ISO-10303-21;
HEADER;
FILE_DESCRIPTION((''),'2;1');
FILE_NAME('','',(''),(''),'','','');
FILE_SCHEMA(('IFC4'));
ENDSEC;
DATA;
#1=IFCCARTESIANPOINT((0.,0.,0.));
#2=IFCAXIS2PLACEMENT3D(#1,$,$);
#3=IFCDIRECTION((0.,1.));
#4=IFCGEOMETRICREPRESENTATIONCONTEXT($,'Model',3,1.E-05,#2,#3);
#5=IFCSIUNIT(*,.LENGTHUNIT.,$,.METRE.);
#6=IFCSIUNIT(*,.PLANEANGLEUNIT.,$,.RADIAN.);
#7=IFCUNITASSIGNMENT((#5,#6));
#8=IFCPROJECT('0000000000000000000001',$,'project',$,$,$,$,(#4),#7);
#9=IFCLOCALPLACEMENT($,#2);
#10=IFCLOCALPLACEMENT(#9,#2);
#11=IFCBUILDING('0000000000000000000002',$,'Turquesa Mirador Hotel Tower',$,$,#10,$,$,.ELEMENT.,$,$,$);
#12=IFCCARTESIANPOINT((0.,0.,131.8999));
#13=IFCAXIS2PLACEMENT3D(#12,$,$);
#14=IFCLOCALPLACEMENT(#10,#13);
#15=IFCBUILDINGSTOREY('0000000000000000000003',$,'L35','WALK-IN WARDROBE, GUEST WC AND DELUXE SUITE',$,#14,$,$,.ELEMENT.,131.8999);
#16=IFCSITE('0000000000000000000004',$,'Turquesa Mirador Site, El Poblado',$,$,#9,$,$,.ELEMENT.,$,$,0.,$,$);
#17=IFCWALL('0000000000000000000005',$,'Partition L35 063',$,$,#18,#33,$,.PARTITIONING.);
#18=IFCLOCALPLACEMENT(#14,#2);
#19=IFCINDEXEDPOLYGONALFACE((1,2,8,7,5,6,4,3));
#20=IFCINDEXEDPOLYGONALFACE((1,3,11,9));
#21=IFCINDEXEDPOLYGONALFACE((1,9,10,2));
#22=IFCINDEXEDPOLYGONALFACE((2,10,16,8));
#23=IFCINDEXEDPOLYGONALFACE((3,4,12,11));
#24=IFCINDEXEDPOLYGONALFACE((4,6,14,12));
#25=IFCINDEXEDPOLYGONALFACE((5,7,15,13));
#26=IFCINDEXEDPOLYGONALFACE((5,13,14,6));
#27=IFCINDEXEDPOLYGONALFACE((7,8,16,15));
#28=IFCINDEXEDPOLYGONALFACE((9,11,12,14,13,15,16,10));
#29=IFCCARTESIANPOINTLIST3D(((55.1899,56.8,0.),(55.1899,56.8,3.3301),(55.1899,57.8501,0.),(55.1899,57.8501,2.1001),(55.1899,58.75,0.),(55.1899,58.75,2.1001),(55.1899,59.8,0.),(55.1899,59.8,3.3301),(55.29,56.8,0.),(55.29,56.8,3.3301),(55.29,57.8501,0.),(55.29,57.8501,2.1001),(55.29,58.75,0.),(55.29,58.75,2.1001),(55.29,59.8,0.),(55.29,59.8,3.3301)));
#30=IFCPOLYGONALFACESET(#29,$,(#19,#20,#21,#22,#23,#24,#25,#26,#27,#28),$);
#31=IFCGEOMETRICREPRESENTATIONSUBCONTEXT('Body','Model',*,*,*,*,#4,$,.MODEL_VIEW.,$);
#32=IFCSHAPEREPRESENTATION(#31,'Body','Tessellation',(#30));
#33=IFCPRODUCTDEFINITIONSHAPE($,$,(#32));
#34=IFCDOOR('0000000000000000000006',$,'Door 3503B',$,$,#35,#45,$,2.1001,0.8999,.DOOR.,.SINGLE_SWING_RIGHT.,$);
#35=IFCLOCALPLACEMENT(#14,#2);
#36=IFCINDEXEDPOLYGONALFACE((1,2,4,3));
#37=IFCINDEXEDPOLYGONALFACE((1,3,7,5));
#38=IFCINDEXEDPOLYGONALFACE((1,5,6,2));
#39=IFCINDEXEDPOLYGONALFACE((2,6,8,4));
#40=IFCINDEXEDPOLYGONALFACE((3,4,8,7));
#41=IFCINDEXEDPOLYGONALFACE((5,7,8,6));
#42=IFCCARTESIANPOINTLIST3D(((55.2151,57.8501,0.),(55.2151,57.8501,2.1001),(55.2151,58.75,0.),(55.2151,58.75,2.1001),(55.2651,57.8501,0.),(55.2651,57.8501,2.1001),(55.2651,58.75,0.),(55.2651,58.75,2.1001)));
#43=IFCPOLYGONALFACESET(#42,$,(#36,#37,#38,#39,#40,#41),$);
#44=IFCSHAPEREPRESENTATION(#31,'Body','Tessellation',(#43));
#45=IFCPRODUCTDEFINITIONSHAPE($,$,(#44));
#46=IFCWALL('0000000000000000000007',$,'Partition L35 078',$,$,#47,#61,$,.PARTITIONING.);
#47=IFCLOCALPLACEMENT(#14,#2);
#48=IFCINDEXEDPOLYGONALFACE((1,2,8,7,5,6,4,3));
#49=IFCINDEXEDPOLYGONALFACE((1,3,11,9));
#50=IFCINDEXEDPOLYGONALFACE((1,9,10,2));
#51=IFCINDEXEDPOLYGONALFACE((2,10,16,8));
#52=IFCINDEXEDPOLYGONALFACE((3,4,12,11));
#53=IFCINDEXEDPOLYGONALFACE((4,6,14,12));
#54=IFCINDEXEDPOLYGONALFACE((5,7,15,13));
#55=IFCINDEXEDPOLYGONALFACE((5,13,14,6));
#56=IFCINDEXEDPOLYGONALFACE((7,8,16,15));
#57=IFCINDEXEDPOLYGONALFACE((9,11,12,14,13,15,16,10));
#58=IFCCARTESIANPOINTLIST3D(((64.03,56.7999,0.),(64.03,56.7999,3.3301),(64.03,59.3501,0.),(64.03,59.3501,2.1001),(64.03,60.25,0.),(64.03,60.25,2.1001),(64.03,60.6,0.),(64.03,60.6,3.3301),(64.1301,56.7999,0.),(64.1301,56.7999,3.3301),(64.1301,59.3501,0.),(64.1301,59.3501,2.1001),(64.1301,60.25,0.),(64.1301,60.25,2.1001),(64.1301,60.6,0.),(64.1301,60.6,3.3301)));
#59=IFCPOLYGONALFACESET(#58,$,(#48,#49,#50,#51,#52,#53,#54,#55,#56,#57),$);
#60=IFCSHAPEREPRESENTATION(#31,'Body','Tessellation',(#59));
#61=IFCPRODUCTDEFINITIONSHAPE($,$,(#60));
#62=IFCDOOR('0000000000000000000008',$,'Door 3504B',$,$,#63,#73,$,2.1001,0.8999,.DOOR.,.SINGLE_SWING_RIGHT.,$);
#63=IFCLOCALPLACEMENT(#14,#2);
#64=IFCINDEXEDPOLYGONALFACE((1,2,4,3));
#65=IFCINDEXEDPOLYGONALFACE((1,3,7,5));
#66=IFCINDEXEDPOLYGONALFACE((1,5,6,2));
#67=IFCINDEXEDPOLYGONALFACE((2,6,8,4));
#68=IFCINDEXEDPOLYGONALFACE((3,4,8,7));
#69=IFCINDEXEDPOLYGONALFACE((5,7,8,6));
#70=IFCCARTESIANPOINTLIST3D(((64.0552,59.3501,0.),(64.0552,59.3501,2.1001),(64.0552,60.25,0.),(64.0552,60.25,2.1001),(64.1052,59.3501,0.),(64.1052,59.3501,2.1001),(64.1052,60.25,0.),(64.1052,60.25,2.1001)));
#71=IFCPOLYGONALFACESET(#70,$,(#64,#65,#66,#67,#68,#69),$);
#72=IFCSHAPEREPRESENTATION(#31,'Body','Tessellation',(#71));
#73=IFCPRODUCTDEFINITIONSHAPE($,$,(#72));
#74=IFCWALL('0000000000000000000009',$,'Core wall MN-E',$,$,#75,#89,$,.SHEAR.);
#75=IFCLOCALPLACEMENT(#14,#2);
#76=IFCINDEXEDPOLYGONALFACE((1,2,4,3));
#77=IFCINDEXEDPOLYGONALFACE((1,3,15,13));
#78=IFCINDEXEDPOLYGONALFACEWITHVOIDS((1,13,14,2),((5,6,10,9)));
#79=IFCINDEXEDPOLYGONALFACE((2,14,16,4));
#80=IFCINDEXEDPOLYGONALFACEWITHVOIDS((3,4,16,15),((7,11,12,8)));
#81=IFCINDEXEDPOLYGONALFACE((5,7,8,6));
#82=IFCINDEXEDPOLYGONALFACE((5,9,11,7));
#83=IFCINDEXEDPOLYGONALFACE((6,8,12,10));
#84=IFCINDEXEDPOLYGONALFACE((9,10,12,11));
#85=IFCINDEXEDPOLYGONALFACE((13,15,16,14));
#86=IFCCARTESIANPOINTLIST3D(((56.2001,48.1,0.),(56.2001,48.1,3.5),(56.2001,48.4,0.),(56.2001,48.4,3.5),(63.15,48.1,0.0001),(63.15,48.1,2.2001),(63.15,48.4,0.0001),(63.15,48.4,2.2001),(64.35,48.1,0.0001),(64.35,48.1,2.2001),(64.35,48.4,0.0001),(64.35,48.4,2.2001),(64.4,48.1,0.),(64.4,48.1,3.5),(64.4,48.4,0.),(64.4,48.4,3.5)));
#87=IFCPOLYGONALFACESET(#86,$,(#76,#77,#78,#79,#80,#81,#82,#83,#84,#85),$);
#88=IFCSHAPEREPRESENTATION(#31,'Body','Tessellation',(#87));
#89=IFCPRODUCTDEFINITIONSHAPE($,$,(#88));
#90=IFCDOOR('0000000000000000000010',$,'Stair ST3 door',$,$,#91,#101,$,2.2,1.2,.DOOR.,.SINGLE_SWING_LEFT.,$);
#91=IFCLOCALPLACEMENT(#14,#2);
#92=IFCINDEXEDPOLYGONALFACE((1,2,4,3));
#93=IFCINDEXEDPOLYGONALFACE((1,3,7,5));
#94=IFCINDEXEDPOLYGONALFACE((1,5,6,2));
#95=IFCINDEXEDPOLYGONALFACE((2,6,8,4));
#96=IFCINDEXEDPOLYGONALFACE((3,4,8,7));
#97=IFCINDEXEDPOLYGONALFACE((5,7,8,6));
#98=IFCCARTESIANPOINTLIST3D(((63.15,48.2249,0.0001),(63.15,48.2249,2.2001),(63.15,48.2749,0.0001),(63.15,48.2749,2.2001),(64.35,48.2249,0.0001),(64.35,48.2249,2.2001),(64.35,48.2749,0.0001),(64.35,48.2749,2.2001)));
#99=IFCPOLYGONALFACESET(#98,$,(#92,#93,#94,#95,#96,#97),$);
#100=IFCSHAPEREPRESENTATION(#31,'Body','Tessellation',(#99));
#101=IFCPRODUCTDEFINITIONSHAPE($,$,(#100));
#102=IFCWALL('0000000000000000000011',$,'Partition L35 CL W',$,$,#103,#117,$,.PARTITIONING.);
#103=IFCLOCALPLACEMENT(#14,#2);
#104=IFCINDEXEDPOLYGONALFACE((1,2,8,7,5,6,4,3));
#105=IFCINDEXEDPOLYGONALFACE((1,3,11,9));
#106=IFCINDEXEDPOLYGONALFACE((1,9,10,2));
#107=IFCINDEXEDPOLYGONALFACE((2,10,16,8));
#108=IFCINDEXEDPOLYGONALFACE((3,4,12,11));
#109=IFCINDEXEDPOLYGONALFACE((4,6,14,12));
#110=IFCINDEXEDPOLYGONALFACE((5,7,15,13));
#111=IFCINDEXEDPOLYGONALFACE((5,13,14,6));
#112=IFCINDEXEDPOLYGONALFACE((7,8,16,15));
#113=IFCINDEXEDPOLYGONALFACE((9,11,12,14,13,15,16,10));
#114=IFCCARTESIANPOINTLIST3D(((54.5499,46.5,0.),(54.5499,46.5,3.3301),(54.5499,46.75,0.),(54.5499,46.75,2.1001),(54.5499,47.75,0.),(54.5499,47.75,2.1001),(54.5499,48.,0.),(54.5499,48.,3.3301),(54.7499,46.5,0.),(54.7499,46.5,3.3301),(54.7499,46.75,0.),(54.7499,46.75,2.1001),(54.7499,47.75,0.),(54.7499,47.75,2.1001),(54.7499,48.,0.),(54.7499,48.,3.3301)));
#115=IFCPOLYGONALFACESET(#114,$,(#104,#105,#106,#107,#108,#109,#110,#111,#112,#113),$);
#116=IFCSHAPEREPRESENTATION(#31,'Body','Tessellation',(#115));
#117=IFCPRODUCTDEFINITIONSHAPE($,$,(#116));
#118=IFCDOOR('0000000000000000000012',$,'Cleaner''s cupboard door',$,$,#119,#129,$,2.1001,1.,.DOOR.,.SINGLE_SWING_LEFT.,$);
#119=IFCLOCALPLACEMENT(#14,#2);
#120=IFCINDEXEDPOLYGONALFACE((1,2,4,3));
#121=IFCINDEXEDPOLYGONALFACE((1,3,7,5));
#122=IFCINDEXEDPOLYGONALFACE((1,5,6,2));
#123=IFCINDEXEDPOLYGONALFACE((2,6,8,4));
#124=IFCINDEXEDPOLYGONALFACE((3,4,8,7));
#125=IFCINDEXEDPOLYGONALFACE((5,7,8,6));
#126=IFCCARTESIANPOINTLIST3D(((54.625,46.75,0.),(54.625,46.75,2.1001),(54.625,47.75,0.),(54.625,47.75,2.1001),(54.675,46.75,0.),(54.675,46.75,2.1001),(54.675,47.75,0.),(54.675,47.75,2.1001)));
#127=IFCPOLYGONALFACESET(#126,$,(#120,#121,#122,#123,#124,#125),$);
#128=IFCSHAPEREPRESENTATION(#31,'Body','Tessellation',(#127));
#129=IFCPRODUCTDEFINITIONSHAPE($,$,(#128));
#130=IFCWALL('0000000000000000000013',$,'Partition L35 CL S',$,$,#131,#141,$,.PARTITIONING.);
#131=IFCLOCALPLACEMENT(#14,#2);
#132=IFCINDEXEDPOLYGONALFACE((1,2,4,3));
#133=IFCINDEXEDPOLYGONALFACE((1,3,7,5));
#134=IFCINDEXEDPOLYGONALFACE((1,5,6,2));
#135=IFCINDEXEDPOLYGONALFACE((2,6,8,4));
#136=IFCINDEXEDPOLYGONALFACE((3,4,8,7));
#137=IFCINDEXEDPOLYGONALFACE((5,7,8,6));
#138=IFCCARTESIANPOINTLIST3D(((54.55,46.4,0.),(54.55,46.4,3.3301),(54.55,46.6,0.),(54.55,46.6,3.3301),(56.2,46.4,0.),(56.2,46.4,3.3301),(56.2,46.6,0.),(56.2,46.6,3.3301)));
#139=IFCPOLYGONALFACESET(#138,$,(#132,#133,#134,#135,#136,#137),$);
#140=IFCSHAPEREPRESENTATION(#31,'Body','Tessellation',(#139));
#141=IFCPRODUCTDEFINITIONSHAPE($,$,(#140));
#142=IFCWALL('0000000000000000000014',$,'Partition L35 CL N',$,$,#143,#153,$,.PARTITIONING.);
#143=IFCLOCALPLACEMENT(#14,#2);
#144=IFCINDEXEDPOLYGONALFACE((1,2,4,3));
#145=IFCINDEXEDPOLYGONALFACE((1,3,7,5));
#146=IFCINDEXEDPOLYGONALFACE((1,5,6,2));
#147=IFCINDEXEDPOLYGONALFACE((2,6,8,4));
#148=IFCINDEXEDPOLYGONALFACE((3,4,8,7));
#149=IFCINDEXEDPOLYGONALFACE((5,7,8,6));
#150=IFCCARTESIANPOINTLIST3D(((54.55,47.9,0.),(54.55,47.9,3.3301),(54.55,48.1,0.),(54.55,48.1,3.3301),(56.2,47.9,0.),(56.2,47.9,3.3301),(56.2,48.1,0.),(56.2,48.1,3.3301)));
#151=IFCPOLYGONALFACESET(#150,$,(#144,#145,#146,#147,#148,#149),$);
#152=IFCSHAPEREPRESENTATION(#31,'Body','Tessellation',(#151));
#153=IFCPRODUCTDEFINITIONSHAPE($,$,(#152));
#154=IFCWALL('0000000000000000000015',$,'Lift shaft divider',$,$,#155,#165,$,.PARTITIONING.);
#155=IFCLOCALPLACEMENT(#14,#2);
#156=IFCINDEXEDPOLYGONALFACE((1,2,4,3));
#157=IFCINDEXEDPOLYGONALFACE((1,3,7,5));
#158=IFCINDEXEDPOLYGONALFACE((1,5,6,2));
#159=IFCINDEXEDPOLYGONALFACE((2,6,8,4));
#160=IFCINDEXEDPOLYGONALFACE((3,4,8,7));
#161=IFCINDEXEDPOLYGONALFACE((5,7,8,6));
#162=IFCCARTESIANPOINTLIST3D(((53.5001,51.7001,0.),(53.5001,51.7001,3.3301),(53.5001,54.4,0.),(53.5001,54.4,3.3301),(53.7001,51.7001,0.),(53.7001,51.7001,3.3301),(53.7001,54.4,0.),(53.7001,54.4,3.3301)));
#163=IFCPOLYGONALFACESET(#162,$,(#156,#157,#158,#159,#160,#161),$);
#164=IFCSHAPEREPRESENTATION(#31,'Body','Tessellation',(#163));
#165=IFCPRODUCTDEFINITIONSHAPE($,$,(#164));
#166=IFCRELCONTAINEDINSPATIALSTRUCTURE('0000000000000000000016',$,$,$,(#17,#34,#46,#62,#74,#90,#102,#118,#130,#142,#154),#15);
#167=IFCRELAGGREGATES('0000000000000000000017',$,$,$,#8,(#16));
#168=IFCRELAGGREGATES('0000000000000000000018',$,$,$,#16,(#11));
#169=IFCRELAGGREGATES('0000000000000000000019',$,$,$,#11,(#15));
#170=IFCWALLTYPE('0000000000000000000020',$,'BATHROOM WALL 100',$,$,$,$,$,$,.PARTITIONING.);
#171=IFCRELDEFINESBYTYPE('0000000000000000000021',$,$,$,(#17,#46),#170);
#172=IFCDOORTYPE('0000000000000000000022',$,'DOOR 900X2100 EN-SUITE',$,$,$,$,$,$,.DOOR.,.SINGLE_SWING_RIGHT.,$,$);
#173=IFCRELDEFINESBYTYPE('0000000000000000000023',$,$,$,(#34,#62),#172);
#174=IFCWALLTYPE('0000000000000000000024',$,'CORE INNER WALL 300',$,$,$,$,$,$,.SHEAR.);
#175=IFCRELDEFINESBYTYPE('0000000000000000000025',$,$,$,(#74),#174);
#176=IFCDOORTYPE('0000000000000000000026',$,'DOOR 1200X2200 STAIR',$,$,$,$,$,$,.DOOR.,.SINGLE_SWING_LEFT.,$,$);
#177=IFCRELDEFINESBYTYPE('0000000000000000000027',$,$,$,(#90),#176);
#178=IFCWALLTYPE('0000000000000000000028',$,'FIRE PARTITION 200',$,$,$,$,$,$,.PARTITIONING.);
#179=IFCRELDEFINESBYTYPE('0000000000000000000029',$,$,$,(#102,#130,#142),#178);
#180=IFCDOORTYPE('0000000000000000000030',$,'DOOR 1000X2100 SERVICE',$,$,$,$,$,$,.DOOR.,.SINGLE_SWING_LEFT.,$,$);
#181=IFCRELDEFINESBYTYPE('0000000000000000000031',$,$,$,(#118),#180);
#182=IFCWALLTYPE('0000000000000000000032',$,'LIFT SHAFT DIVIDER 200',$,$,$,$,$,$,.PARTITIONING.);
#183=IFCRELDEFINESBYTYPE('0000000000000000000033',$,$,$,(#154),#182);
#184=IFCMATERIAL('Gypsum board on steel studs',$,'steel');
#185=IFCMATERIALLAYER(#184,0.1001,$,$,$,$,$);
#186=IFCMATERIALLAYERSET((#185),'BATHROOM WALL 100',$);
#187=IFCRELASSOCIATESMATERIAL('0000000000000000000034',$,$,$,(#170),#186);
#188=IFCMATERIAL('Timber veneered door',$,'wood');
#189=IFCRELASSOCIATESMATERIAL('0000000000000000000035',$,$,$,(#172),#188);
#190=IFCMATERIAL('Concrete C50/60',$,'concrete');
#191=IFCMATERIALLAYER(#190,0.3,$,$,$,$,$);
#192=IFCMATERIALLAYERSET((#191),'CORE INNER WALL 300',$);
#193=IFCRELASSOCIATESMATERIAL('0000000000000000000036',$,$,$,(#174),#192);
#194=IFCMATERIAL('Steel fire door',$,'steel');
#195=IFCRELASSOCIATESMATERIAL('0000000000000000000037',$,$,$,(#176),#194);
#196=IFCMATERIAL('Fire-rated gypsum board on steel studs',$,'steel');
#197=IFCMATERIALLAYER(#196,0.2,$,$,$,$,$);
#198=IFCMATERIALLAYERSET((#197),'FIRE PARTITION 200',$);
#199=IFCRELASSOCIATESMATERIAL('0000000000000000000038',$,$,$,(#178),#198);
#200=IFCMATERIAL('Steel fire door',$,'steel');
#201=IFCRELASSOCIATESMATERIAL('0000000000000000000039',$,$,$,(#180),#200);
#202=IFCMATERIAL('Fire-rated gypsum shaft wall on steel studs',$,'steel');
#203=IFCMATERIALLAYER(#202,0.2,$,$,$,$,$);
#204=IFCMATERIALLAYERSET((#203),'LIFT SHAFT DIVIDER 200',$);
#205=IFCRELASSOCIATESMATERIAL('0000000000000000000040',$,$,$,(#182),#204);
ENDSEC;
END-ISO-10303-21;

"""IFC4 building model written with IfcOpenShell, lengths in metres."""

from ifc_helpers import new_model, si_unit, direction, frame, frame_2d, origin, place, context, subcontext, project, spatial, rectangle, extrude, material, layer, layer_set, type_object, element, fill, save


model = new_model("IFC4")

# Units and contexts
model_context = context("Model", 3, precision=1e-05, world=origin(), true_north=direction((0.0, 1.0)))
body_context = subcontext(model_context, "Body", "Model", "MODEL_VIEW")
ifc_project = project(units=[si_unit("LENGTHUNIT", "METRE"), si_unit("PLANEANGLEUNIT", "RADIAN")], contexts=[model_context])

# Site, building, storey
site_placement = place(None, origin())
site = spatial("IfcSite", under=ifc_project, at=site_placement, Name="Turquesa Mirador Site, El Poblado", CompositionType="ELEMENT", RefElevation=0.0)
building_placement = place(site_placement, origin())
building = spatial("IfcBuilding", under=site, at=building_placement, Name="Turquesa Mirador Hotel Tower", CompositionType="ELEMENT")
storey_placement = place(building_placement, frame((0.0, 0.0, 131.8999)))
storey = spatial("IfcBuildingStorey", under=building, at=storey_placement, Name="L35", Description="WALK-IN WARDROBE, GUEST WC AND DELUXE SUITE", CompositionType="ELEMENT", Elevation=131.8999)

# Walls, openings, doors
ifc_material_1 = material(Name="Gypsum board on steel studs", Category="steel")
ifc_layer_1 = layer(ifc_material_1, 0.1001)
ifc_layer_set_1 = layer_set([ifc_layer_1], Name="BATHROOM WALL 100")
wall_type_1 = type_object("IfcWallType", Name="BATHROOM WALL 100", PredefinedType="PARTITIONING", material=ifc_layer_set_1)
wall_1_placement = place(storey_placement, frame((55.24, 56.8, 0.0), z_axis=(0.0, 0.0, 1.0), x_axis=(0.0, 1.0, 0.0)))
wall_1 = element("IfcWall", 1, at=wall_1_placement, inside=storey, type_object=wall_type_1, Name="Partition L35 063", PredefinedType="PARTITIONING", context=body_context, shape_type="SweptSolid", body=[
    extrude(rectangle(XDim=3.0, YDim=0.1001, at=frame_2d((1.5, 0.0))), origin(), (0.0, 0.0, 1.0), 3.3301),
])
opening_1_placement = place(wall_1_placement, frame((1.05, 0.0, 0.0)))
opening_1 = element("IfcOpeningElement", 2, at=opening_1_placement, cuts=wall_1, PredefinedType="OPENING", context=body_context, shape_type="SweptSolid", body=[
    extrude(rectangle(XDim=0.8999, YDim=2.1001, at=frame_2d((0.45, 1.05))), frame((0.0, 0.0601, 0.0), z_axis=(0.0, -1.0, 0.0), x_axis=(1.0, 0.0, 0.0)), (0.0, 0.0, 1.0), 0.1201),
])
ifc_material_2 = material(Name="Timber veneered door", Category="wood")
door_type_1 = type_object("IfcDoorType", Name="DOOR 900X2100 EN-SUITE", OperationType="SINGLE_SWING_RIGHT", PredefinedType="DOOR", material=ifc_material_2)
door_1_placement = place(opening_1_placement, origin())
door_1 = element("IfcDoor", 3, at=door_1_placement, inside=storey, type_object=door_type_1, Name="Door 3503B", OperationType="SINGLE_SWING_RIGHT", OverallHeight=2.1001, OverallWidth=0.8999, PredefinedType="DOOR", context=body_context, shape_type="SweptSolid", body=[
    extrude(rectangle(XDim=0.8999, YDim=2.1001, at=frame_2d((0.45, 1.05))), frame((0.0, 0.0249, 0.0), z_axis=(0.0, -1.0, 0.0), x_axis=(1.0, 0.0, 0.0)), (0.0, 0.0, 1.0), 0.05),
])
fill(opening_1, door_1)
wall_2_placement = place(storey_placement, frame((64.0801, 56.8, 0.0), z_axis=(0.0, 0.0, 1.0), x_axis=(0.0, 1.0, 0.0)))
wall_2 = element("IfcWall", 4, at=wall_2_placement, inside=storey, type_object=wall_type_1, Name="Partition L35 078", PredefinedType="PARTITIONING", context=body_context, shape_type="SweptSolid", body=[
    extrude(rectangle(XDim=3.8, YDim=0.1001, at=frame_2d((1.8999, 0.0))), origin(), (0.0, 0.0, 1.0), 3.3301),
])
opening_2_placement = place(wall_2_placement, frame((2.55, 0.0, 0.0)))
opening_2 = element("IfcOpeningElement", 5, at=opening_2_placement, cuts=wall_2, PredefinedType="OPENING", context=body_context, shape_type="SweptSolid", body=[
    extrude(rectangle(XDim=0.8999, YDim=2.1001, at=frame_2d((0.45, 1.05))), frame((0.0, 0.0601, 0.0), z_axis=(0.0, -1.0, 0.0), x_axis=(1.0, 0.0, 0.0)), (0.0, 0.0, 1.0), 0.1201),
])
door_2_placement = place(opening_2_placement, origin())
door_2 = element("IfcDoor", 6, at=door_2_placement, inside=storey, type_object=door_type_1, Name="Door 3504B", OperationType="SINGLE_SWING_RIGHT", OverallHeight=2.1001, OverallWidth=0.8999, PredefinedType="DOOR", context=body_context, shape_type="SweptSolid", body=[
    extrude(rectangle(XDim=0.8999, YDim=2.1001, at=frame_2d((0.45, 1.05))), frame((0.0, 0.0249, 0.0), z_axis=(0.0, -1.0, 0.0), x_axis=(1.0, 0.0, 0.0)), (0.0, 0.0, 1.0), 0.05),
])
fill(opening_2, door_2)
ifc_material_3 = material(Name="Concrete C50/60", Category="concrete")
ifc_layer_2 = layer(ifc_material_3, 0.3)
ifc_layer_set_2 = layer_set([ifc_layer_2], Name="CORE INNER WALL 300")
wall_type_2 = type_object("IfcWallType", Name="CORE INNER WALL 300", PredefinedType="SHEAR", material=ifc_layer_set_2)
wall_3_placement = place(storey_placement, frame((56.2, 48.25, 0.0), z_axis=(0.0, 0.0, 1.0), x_axis=(1.0, 0.0, 0.0)))
wall_3 = element("IfcWall", 7, at=wall_3_placement, inside=storey, type_object=wall_type_2, Name="Core wall MN-E", PredefinedType="SHEAR", context=body_context, shape_type="SweptSolid", body=[
    extrude(rectangle(XDim=8.2, YDim=0.3, at=frame_2d((4.1001, 0.0))), origin(), (0.0, 0.0, 1.0), 3.5),
])
opening_3_placement = place(wall_3_placement, frame((6.95, 0.0, 0.0)))
opening_3 = element("IfcOpeningElement", 8, at=opening_3_placement, cuts=wall_3, PredefinedType="OPENING", context=body_context, shape_type="SweptSolid", body=[
    extrude(rectangle(XDim=1.2, YDim=2.2, at=frame_2d((0.6001, 1.1001))), frame((0.0, 0.1599, 0.0), z_axis=(0.0, -1.0, 0.0), x_axis=(1.0, 0.0, 0.0)), (0.0, 0.0, 1.0), 0.3201),
])
ifc_material_4 = material(Name="Steel fire door", Category="steel")
door_type_2 = type_object("IfcDoorType", Name="DOOR 1200X2200 STAIR", OperationType="SINGLE_SWING_LEFT", PredefinedType="DOOR", material=ifc_material_4)
door_3_placement = place(opening_3_placement, origin())
door_3 = element("IfcDoor", 9, at=door_3_placement, inside=storey, type_object=door_type_2, Name="Stair ST3 door", OperationType="SINGLE_SWING_LEFT", OverallHeight=2.2, OverallWidth=1.2, PredefinedType="DOOR", context=body_context, shape_type="SweptSolid", body=[
    extrude(rectangle(XDim=1.2, YDim=2.2, at=frame_2d((0.6001, 1.1001))), frame((0.0, 0.0249, 0.0), z_axis=(0.0, -1.0, 0.0), x_axis=(1.0, 0.0, 0.0)), (0.0, 0.0, 1.0), 0.05),
])
fill(opening_3, door_3)
ifc_material_5 = material(Name="Fire-rated gypsum board on steel studs", Category="steel")
ifc_layer_3 = layer(ifc_material_5, 0.2)
ifc_layer_set_3 = layer_set([ifc_layer_3], Name="FIRE PARTITION 200")
wall_type_3 = type_object("IfcWallType", Name="FIRE PARTITION 200", PredefinedType="PARTITIONING", material=ifc_layer_set_3)
wall_4_placement = place(storey_placement, frame((54.6499, 46.5, 0.0), z_axis=(0.0, 0.0, 1.0), x_axis=(0.0, 1.0, 0.0)))
wall_4 = element("IfcWall", 10, at=wall_4_placement, inside=storey, type_object=wall_type_3, Name="Partition L35 CL W", PredefinedType="PARTITIONING", context=body_context, shape_type="SweptSolid", body=[
    extrude(rectangle(XDim=1.5, YDim=0.2, at=frame_2d((0.75, 0.0))), origin(), (0.0, 0.0, 1.0), 3.3301),
])
opening_4_placement = place(wall_4_placement, frame((0.25, 0.0, 0.0)))
opening_4 = element("IfcOpeningElement", 11, at=opening_4_placement, cuts=wall_4, PredefinedType="OPENING", context=body_context, shape_type="SweptSolid", body=[
    extrude(rectangle(XDim=1.0, YDim=2.1001, at=frame_2d((0.5, 1.05))), frame((0.0, 0.1099, 0.0), z_axis=(0.0, -1.0, 0.0), x_axis=(1.0, 0.0, 0.0)), (0.0, 0.0, 1.0), 0.22),
])
ifc_material_6 = material(Name="Steel fire door", Category="steel")
door_type_3 = type_object("IfcDoorType", Name="DOOR 1000X2100 SERVICE", OperationType="SINGLE_SWING_LEFT", PredefinedType="DOOR", material=ifc_material_6)
door_4_placement = place(opening_4_placement, origin())
door_4 = element("IfcDoor", 12, at=door_4_placement, inside=storey, type_object=door_type_3, Name="Cleaner's cupboard door", OperationType="SINGLE_SWING_LEFT", OverallHeight=2.1001, OverallWidth=1.0, PredefinedType="DOOR", context=body_context, shape_type="SweptSolid", body=[
    extrude(rectangle(XDim=1.0, YDim=2.1001, at=frame_2d((0.5, 1.05))), frame((0.0, 0.0249, 0.0), z_axis=(0.0, -1.0, 0.0), x_axis=(1.0, 0.0, 0.0)), (0.0, 0.0, 1.0), 0.05),
])
fill(opening_4, door_4)

# Walls
for number, where, z_axis, x_axis, name in (
    (13, (54.55, 46.5, 0.0), (0.0, 0.0, 1.0), (1.0, 0.0, 0.0), "Partition L35 CL S"),
    (14, (54.55, 48.0, 0.0), (0.0, 0.0, 1.0), (1.0, 0.0, 0.0), "Partition L35 CL N"),
):
    element("IfcWall", number, at=place(storey_placement, frame(where, z_axis=z_axis, x_axis=x_axis)), inside=storey, type_object=wall_type_3, Name=name, PredefinedType="PARTITIONING", context=body_context, shape_type="SweptSolid", body=[
        extrude(rectangle(XDim=1.6499, YDim=0.2, at=frame_2d((0.825, 0.0))), origin(), (0.0, 0.0, 1.0), 3.3301),
    ])
ifc_material_7 = material(Name="Fire-rated gypsum shaft wall on steel studs", Category="steel")
ifc_layer_4 = layer(ifc_material_7, 0.2)
ifc_layer_set_4 = layer_set([ifc_layer_4], Name="LIFT SHAFT DIVIDER 200")
wall_type_4 = type_object("IfcWallType", Name="LIFT SHAFT DIVIDER 200", PredefinedType="PARTITIONING", material=ifc_layer_set_4)
for number, where, z_axis, x_axis, name in (
    (15, (53.6001, 51.7, 0.0), (0.0, 0.0, 1.0), (0.0, 1.0, 0.0), "Lift shaft divider"),
):
    element("IfcWall", number, at=place(storey_placement, frame(where, z_axis=z_axis, x_axis=x_axis)), inside=storey, type_object=wall_type_4, Name=name, PredefinedType="PARTITIONING", context=body_context, shape_type="SweptSolid", body=[
        extrude(rectangle(XDim=2.7, YDim=0.2, at=frame_2d((1.3501, 0.0))), origin(), (0.0, 0.0, 1.0), 3.3301),
    ])

save(model, "model.ifc")
